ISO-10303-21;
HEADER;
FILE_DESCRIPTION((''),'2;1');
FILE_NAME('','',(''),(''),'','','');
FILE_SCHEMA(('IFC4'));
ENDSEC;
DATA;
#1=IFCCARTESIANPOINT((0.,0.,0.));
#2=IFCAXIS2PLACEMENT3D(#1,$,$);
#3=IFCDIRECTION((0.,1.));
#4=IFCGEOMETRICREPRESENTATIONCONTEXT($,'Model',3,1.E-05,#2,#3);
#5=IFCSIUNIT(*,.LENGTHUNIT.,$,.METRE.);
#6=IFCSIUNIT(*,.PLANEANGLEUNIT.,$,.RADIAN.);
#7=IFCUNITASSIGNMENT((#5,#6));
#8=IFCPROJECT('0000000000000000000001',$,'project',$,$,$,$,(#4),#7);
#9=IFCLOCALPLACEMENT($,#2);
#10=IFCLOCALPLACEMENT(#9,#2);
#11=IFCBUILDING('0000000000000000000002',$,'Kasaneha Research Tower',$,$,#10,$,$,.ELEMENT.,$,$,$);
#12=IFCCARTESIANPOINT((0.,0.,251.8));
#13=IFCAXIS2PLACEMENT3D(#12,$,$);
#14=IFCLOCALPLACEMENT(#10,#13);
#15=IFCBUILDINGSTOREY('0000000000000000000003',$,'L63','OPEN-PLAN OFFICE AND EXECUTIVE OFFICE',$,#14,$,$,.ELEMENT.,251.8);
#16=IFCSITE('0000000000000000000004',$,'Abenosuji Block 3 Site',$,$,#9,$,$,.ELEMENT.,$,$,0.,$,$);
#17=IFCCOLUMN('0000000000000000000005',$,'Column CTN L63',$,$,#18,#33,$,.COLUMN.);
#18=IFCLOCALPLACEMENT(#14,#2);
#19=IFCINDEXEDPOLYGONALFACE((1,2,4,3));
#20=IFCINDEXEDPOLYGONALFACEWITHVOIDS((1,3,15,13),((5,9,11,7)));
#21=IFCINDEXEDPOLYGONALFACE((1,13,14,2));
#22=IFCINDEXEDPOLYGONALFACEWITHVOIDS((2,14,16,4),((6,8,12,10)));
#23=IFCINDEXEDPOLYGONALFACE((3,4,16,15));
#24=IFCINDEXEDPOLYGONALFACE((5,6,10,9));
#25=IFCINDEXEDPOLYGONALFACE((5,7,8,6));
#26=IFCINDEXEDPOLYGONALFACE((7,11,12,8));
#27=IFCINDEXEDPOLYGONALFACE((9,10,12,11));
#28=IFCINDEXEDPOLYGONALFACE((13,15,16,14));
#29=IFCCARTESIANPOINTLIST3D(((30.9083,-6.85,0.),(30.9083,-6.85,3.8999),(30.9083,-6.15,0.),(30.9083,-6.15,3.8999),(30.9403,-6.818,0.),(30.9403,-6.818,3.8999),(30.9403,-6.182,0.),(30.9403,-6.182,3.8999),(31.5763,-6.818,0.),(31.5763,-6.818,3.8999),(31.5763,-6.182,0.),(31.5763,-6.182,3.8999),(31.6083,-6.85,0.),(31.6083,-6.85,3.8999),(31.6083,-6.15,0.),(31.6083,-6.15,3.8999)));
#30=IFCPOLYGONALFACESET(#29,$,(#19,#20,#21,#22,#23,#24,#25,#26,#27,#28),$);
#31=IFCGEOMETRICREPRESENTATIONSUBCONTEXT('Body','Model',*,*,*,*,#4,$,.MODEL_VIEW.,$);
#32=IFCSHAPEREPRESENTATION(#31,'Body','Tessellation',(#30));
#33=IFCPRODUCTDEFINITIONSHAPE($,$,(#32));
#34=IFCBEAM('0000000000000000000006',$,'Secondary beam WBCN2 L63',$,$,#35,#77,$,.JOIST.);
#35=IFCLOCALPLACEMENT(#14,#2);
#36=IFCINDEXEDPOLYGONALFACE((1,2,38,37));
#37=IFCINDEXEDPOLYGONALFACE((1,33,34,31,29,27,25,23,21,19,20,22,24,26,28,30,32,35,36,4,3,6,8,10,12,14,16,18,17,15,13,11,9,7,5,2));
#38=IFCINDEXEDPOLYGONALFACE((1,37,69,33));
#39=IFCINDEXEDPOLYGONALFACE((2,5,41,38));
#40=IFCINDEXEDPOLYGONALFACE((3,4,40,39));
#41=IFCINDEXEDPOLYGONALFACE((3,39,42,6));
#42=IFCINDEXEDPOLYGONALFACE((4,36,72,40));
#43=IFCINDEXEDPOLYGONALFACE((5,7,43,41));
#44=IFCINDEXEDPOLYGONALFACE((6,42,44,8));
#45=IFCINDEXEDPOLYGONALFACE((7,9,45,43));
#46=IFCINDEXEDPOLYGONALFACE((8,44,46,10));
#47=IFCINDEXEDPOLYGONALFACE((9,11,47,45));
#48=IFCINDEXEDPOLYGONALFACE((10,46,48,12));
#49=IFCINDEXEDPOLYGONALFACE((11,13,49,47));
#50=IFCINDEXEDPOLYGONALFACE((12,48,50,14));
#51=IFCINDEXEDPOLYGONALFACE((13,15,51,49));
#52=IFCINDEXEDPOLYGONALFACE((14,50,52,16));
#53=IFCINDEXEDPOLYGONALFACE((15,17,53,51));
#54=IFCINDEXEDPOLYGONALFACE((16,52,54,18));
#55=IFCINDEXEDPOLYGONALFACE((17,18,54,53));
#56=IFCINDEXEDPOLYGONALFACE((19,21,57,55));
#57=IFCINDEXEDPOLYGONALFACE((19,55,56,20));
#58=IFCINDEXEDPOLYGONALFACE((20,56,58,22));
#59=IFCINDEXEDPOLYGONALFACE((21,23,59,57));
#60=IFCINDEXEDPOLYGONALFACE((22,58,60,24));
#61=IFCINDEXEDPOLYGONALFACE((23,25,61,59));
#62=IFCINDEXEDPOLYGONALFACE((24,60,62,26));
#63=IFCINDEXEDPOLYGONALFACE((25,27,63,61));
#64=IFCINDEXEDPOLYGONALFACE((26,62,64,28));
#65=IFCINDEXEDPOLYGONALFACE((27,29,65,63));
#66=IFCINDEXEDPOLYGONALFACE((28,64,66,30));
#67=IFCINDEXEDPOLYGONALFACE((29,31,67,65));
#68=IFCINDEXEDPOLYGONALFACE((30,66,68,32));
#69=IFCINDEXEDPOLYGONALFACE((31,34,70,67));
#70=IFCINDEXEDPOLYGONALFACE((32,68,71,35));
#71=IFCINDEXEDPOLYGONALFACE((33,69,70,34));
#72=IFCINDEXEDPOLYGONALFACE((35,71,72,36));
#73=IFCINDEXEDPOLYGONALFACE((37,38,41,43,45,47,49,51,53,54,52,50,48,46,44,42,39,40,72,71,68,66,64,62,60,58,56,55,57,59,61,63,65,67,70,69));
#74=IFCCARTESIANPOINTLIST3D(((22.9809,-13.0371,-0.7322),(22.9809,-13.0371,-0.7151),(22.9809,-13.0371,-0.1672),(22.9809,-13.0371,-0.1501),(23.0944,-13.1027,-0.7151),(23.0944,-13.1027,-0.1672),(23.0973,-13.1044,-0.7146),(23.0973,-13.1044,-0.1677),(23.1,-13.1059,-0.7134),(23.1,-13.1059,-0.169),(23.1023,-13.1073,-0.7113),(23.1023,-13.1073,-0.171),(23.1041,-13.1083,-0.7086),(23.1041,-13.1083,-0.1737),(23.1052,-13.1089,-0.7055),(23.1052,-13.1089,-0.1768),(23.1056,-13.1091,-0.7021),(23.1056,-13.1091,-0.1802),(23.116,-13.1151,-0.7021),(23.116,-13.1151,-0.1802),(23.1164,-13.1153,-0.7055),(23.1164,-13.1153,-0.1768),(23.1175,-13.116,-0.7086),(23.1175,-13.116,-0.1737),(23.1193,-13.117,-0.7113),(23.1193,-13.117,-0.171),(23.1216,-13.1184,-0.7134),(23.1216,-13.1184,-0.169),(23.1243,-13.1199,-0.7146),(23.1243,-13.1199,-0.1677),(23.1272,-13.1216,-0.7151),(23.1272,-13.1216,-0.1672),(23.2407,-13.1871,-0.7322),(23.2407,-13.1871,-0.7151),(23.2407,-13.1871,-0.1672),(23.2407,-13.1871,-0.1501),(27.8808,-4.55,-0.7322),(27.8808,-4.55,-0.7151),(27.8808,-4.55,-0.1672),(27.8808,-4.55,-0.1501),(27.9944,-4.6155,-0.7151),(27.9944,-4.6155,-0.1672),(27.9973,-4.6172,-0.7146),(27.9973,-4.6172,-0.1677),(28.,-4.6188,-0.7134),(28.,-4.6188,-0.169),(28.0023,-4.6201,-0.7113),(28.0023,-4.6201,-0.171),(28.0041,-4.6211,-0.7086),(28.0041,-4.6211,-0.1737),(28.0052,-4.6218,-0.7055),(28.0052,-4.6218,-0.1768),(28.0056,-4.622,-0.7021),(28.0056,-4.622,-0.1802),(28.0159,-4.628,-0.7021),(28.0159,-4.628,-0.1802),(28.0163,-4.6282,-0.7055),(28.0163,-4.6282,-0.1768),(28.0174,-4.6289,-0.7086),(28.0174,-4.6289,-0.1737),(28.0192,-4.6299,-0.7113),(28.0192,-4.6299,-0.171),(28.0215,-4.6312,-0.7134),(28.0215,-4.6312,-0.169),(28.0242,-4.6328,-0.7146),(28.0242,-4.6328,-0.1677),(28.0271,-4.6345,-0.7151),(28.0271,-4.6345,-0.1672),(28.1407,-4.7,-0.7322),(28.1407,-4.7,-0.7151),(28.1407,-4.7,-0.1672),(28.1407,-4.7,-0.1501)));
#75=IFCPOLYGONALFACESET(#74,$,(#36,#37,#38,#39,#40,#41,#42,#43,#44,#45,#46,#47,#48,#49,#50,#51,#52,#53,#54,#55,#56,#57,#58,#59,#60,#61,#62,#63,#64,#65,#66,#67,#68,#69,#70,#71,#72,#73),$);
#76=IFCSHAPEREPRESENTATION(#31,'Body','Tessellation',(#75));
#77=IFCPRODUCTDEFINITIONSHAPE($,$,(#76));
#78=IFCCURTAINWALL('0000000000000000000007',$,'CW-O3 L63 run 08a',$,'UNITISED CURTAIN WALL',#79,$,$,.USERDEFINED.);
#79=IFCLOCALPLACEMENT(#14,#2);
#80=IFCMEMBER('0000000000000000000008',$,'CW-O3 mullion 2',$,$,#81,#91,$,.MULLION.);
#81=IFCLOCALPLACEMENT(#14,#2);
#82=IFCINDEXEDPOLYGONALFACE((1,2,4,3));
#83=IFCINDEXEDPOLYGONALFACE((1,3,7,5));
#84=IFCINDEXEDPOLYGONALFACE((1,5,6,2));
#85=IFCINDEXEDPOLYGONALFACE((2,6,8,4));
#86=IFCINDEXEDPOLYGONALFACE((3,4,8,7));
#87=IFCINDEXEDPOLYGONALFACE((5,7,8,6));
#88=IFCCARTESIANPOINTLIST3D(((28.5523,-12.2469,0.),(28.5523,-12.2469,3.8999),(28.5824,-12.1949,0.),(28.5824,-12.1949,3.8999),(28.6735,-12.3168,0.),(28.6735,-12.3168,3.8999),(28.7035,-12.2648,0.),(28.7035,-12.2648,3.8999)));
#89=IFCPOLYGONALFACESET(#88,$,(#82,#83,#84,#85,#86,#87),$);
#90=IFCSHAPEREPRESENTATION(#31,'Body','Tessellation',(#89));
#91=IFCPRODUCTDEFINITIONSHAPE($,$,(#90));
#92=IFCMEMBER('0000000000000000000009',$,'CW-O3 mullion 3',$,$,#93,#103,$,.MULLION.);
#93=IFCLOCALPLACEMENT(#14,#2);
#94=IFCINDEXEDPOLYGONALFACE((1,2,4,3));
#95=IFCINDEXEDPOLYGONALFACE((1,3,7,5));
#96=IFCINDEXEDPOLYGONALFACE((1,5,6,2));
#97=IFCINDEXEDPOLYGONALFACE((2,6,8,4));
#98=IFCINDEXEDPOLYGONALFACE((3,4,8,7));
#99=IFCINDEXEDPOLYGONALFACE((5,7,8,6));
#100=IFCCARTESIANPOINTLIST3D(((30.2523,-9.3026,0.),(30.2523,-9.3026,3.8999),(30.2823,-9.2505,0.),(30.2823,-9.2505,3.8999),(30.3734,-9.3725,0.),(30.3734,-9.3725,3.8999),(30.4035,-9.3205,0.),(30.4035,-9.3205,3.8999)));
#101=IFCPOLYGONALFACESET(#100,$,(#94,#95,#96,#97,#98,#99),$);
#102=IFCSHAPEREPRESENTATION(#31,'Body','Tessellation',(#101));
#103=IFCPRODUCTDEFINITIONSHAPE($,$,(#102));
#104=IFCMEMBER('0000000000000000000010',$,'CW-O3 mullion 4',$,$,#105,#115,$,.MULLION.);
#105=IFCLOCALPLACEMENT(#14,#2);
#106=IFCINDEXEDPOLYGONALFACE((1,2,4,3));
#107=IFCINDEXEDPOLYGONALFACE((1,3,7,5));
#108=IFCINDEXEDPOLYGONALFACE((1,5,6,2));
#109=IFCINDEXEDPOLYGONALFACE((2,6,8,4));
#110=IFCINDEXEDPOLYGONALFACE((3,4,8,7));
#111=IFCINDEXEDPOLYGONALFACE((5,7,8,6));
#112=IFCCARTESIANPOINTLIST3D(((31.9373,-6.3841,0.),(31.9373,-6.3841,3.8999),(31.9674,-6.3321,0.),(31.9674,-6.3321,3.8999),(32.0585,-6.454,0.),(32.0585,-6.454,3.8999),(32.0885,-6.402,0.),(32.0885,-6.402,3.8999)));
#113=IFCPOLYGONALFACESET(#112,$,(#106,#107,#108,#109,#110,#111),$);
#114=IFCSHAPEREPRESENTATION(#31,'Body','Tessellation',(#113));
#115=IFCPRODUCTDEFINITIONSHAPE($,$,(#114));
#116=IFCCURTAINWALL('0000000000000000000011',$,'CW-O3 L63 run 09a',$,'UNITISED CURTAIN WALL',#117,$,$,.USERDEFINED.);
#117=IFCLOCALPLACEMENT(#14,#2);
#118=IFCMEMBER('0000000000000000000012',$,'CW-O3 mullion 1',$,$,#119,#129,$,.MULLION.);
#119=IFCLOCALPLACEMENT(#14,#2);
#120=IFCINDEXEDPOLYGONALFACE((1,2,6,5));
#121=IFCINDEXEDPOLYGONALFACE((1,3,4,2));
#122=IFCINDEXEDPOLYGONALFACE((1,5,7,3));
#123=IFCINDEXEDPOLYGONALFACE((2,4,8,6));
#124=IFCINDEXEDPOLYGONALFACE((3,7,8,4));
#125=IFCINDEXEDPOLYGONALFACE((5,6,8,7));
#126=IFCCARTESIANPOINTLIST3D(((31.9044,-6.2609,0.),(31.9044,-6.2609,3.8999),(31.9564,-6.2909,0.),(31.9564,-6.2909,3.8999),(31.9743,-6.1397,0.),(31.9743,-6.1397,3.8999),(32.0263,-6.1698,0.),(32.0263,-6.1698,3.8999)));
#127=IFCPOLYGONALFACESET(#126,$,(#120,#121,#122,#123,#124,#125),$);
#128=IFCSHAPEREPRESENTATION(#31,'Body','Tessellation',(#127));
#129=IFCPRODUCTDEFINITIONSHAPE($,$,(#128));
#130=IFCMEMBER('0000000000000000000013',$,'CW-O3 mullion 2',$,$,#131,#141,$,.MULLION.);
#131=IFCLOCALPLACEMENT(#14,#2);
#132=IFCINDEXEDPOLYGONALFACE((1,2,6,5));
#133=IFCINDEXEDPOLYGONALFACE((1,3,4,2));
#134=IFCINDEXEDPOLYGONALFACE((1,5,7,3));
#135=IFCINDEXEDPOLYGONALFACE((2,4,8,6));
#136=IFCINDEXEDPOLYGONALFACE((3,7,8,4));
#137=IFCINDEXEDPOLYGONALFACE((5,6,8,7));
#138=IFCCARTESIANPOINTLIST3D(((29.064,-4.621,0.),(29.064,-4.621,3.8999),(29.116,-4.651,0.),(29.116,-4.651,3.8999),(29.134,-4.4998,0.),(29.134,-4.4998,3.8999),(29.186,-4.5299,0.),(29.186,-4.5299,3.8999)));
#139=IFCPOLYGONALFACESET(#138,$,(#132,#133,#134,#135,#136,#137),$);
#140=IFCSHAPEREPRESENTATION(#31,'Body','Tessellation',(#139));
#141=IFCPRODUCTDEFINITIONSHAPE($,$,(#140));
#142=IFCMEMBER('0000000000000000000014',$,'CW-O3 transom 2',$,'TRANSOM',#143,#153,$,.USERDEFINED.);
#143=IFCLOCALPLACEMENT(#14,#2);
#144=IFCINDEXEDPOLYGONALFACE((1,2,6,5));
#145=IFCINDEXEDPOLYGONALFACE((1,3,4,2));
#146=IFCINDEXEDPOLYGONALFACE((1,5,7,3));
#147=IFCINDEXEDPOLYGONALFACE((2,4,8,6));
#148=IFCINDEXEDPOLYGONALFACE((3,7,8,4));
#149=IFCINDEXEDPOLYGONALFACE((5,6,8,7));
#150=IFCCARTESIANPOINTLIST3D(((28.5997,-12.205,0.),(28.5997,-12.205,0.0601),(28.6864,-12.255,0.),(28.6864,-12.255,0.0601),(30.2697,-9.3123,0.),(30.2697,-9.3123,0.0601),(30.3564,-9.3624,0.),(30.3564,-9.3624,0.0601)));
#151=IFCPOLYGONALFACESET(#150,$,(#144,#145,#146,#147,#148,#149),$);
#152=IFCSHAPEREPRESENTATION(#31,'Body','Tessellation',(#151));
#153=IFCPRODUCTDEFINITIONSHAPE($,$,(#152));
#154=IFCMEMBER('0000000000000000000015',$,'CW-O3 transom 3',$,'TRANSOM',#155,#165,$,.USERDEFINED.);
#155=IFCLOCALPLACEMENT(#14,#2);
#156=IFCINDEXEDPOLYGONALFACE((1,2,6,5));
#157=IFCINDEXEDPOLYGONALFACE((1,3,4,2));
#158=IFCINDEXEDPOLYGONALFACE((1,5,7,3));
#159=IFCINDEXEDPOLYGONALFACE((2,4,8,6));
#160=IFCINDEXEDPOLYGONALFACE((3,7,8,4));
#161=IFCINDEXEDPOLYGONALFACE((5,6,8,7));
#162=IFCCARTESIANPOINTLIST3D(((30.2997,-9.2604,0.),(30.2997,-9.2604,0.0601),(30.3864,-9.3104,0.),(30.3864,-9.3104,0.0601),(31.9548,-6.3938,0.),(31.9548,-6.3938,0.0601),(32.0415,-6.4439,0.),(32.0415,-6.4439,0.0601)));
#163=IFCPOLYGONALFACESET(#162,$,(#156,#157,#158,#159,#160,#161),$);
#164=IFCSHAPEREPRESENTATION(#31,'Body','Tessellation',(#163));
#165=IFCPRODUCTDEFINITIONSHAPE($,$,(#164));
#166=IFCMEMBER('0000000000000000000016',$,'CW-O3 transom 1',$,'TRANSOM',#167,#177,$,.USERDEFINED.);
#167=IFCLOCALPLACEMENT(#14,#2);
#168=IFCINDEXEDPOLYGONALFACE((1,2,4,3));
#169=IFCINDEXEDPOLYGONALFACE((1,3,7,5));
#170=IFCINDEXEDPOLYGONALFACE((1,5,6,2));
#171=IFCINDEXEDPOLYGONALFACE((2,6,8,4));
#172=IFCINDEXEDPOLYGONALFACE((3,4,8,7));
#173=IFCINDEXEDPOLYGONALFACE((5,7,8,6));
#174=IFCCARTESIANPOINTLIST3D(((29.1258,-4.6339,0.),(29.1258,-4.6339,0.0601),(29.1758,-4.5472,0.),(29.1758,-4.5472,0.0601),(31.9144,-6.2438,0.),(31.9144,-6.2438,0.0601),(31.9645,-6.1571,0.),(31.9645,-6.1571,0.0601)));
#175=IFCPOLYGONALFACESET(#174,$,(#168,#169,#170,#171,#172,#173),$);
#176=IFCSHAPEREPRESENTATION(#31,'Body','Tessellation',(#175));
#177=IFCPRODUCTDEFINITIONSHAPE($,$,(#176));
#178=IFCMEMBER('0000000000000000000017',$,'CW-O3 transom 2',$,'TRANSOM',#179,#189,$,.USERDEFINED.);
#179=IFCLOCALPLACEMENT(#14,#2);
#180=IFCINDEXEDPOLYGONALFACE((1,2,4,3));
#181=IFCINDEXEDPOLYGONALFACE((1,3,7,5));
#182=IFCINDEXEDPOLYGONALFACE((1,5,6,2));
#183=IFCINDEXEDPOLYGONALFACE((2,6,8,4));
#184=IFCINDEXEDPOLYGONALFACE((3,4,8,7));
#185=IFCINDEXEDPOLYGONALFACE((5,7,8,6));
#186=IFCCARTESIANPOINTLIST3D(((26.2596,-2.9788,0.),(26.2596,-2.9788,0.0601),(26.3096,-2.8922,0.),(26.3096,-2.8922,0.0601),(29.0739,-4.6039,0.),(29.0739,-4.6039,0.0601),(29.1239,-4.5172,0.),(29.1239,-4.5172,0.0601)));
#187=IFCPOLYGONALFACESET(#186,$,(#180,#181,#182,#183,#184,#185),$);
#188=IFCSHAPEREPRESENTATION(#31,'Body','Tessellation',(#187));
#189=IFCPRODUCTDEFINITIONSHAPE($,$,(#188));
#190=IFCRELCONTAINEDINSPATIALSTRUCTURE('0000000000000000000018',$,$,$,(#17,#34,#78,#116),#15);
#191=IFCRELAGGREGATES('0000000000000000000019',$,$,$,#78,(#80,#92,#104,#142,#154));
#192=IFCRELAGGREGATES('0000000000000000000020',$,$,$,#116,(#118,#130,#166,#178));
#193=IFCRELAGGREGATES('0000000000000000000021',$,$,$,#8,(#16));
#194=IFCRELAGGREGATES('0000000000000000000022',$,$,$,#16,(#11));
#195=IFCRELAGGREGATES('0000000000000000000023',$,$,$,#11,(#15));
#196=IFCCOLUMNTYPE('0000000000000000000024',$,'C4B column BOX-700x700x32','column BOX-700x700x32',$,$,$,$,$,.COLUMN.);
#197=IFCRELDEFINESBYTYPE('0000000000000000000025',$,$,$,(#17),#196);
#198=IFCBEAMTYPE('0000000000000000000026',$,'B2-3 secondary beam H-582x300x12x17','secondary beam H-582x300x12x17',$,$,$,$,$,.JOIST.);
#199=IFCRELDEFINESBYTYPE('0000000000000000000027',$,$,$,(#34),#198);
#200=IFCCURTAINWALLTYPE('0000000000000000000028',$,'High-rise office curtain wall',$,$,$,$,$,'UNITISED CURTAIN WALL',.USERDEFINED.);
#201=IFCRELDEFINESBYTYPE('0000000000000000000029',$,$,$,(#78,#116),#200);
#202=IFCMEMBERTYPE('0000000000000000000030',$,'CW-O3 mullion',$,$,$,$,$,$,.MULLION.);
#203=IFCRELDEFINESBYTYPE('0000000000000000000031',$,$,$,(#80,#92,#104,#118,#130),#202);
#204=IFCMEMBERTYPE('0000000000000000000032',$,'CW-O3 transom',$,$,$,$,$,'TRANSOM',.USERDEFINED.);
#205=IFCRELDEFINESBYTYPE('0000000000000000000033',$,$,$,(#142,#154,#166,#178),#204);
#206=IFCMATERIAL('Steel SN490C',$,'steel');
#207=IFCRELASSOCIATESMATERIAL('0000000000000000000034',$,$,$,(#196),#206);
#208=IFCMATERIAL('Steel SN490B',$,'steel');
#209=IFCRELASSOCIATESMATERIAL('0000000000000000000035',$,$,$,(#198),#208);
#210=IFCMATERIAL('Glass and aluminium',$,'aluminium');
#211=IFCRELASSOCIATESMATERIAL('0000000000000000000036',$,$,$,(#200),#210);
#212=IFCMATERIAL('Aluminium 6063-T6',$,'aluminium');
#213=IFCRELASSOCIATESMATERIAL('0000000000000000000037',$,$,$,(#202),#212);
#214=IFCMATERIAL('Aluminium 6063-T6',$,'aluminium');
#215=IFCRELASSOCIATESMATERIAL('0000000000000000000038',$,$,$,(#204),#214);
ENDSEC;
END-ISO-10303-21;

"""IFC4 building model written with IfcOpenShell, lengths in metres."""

from ifc_helpers import new_model, si_unit, direction, frame, origin, origin_2d, place, context, subcontext, project, spatial, rectangle, hollow_rectangle, i_section, extrude, material, material_profile, profile_set, type_object, element, aggregate, save


model = new_model("IFC4")

# Units and contexts
model_context = context("Model", 3, precision=1e-05, world=origin(), true_north=direction((0.0, 1.0)))
body_context = subcontext(model_context, "Body", "Model", "MODEL_VIEW")
ifc_project = project(units=[si_unit("LENGTHUNIT", "METRE"), si_unit("PLANEANGLEUNIT", "RADIAN")], contexts=[model_context])

# Site, building, storey
site_placement = place(None, origin())
site = spatial("IfcSite", under=ifc_project, at=site_placement, Name="Abenosuji Block 3 Site", CompositionType="ELEMENT", RefElevation=0.0)
building_placement = place(site_placement, origin())
building = spatial("IfcBuilding", under=site, at=building_placement, Name="Kasaneha Research Tower", CompositionType="ELEMENT")
storey_placement = place(building_placement, frame((0.0, 0.0, 251.8)))
storey = spatial("IfcBuildingStorey", under=building, at=storey_placement, Name="L63", Description="OPEN-PLAN OFFICE AND EXECUTIVE OFFICE", CompositionType="ELEMENT", Elevation=251.8)

# Column
ifc_material_1 = material(Name="Steel SN490C", Category="steel")
ifc_material_profile_1 = material_profile(ifc_material_1, hollow_rectangle(XDim=0.7, YDim=0.7, WallThickness=0.032, at=origin_2d()), Name="BOX-700x700x32")
ifc_profile_set_1 = profile_set([ifc_material_profile_1], Name="Steel SN490C")
column_type = type_object("IfcColumnType", Name="C4B column BOX-700x700x32", Description="column BOX-700x700x32", PredefinedType="COLUMN", material=ifc_profile_set_1)
column_placement = place(storey_placement, frame((31.2583, -6.5, 0.0), z_axis=(0.0, 0.0, 1.0), x_axis=(1.0, 0.0, 0.0)))
element("IfcColumn", 1, at=column_placement, inside=storey, type_object=column_type, Name="Column CTN L63", PredefinedType="COLUMN", context=body_context, shape_type="SweptSolid", body=[
    extrude(hollow_rectangle(XDim=0.7, YDim=0.7, WallThickness=0.032, at=origin_2d()), origin(), (0.0, 0.0, 1.0), 3.8999),
])

# Beam
ifc_material_2 = material(Name="Steel SN490B", Category="steel")
ifc_material_profile_2 = material_profile(ifc_material_2, i_section(OverallWidth=0.3, OverallDepth=0.582, WebThickness=0.012, FlangeThickness=0.0171, FilletRadius=0.0129, at=origin_2d()), Name="H-582x300x12x17")
ifc_profile_set_2 = profile_set([ifc_material_profile_2], Name="Steel SN490B")
beam_type_1 = type_object("IfcBeamType", Name="B2-3 secondary beam H-582x300x12x17", Description="secondary beam H-582x300x12x17", PredefinedType="JOIST", material=ifc_profile_set_2)
beam_1_placement = place(storey_placement, frame((28.0107, -4.625, -0.4412), z_axis=(-0.499992, -0.86603, 0.0), x_axis=(0.86603, -0.499992, 0.0)))
element("IfcBeam", 2, at=beam_1_placement, inside=storey, type_object=beam_type_1, Name="Secondary beam WBCN2 L63", PredefinedType="JOIST", context=body_context, shape_type="SweptSolid", body=[
    extrude(i_section(OverallWidth=0.3, OverallDepth=0.582, WebThickness=0.012, FlangeThickness=0.0171, FilletRadius=0.0129, at=origin_2d()), origin(), (0.0, 0.0, 1.0), 9.8),
])

# Curtain walls, members
ifc_material_3 = material(Name="Glass and aluminium", Category="aluminium")
curtain_wall_type = type_object("IfcCurtainWallType", Name="High-rise office curtain wall", ElementType="UNITISED CURTAIN WALL", PredefinedType="USERDEFINED", material=ifc_material_3)
curtain_wall_1_placement = place(storey_placement, origin())
curtain_wall_1 = element("IfcCurtainWall", 3, at=curtain_wall_1_placement, inside=storey, type_object=curtain_wall_type, Name="CW-O3 L63 run 08a", ObjectType="UNITISED CURTAIN WALL", PredefinedType="USERDEFINED")
ifc_material_4 = material(Name="Aluminium 6063-T6", Category="aluminium")
ifc_material_profile_3 = material_profile(ifc_material_4, rectangle(XDim=0.0601, YDim=0.1399, at=origin_2d()), Name="CW-O3 mullion 60x140")
ifc_profile_set_3 = profile_set([ifc_material_profile_3], Name="Aluminium 6063-T6")
member_type_1 = type_object("IfcMemberType", Name="CW-O3 mullion", PredefinedType="MULLION", material=ifc_profile_set_3)
member_1_placement = place(storey_placement, frame((28.6279, -12.2559, 0.0), z_axis=(0.0, 0.0, 1.0), x_axis=(0.5, 0.866025, 0.0)))
member_1 = element("IfcMember", 4, at=member_1_placement, type_object=member_type_1, Name="CW-O3 mullion 2", PredefinedType="MULLION", context=body_context, shape_type="SweptSolid", body=[
    extrude(rectangle(XDim=0.0601, YDim=0.1399, at=origin_2d()), origin(), (0.0, 0.0, 1.0), 3.8999),
])
member_2_placement = place(storey_placement, frame((30.3279, -9.3115, 0.0), z_axis=(0.0, 0.0, 1.0), x_axis=(0.5, 0.866025, 0.0)))
member_2 = element("IfcMember", 5, at=member_2_placement, type_object=member_type_1, Name="CW-O3 mullion 3", PredefinedType="MULLION", context=body_context, shape_type="SweptSolid", body=[
    extrude(rectangle(XDim=0.0601, YDim=0.1399, at=origin_2d()), origin(), (0.0, 0.0, 1.0), 3.8999),
])
member_3_placement = place(storey_placement, frame((32.0129, -6.3931, 0.0), z_axis=(0.0, 0.0, 1.0), x_axis=(0.5, 0.866025, 0.0)))
member_3 = element("IfcMember", 6, at=member_3_placement, type_object=member_type_1, Name="CW-O3 mullion 4", PredefinedType="MULLION", context=body_context, shape_type="SweptSolid", body=[
    extrude(rectangle(XDim=0.0601, YDim=0.1399, at=origin_2d()), origin(), (0.0, 0.0, 1.0), 3.8999),
])
curtain_wall_2_placement = place(storey_placement, origin())
curtain_wall_2 = element("IfcCurtainWall", 7, at=curtain_wall_2_placement, inside=storey, type_object=curtain_wall_type, Name="CW-O3 L63 run 09a", ObjectType="UNITISED CURTAIN WALL", PredefinedType="USERDEFINED")
member_4_placement = place(storey_placement, frame((31.9653, -6.2153, 0.0), z_axis=(0.0, 0.0, 1.0), x_axis=(-0.866025, 0.5, 0.0)))
member_4 = element("IfcMember", 8, at=member_4_placement, type_object=member_type_1, Name="CW-O3 mullion 1", PredefinedType="MULLION", context=body_context, shape_type="SweptSolid", body=[
    extrude(rectangle(XDim=0.0601, YDim=0.1399, at=origin_2d()), origin(), (0.0, 0.0, 1.0), 3.8999),
])
member_5_placement = place(storey_placement, frame((29.125, -4.5754, 0.0), z_axis=(0.0, 0.0, 1.0), x_axis=(-0.866025, 0.5, 0.0)))
member_5 = element("IfcMember", 9, at=member_5_placement, type_object=member_type_1, Name="CW-O3 mullion 2", PredefinedType="MULLION", context=body_context, shape_type="SweptSolid", body=[
    extrude(rectangle(XDim=0.0601, YDim=0.1399, at=origin_2d()), origin(), (0.0, 0.0, 1.0), 3.8999),
])

# Members
ifc_material_5 = material(Name="Aluminium 6063-T6", Category="aluminium")
ifc_material_profile_4 = material_profile(ifc_material_5, rectangle(XDim=0.1001, YDim=0.0601, at=origin_2d()), Name="CW-O3 transom 100x60")
ifc_profile_set_4 = profile_set([ifc_material_profile_4], Name="Aluminium 6063-T6")
member_type_2 = type_object("IfcMemberType", Name="CW-O3 transom", ElementType="TRANSOM", PredefinedType="USERDEFINED", material=ifc_profile_set_4)
member_6_placement = place(storey_placement, frame((28.6431, -12.23, 0.03), z_axis=(0.499976, 0.86604, 0.0), x_axis=(-0.86604, 0.499976, 0.0)))
member_6 = element("IfcMember", 10, at=member_6_placement, type_object=member_type_2, Name="CW-O3 transom 2", ObjectType="TRANSOM", PredefinedType="USERDEFINED", context=body_context, shape_type="SweptSolid", body=[
    extrude(rectangle(XDim=0.1001, YDim=0.0601, at=origin_2d()), origin(), (0.0, 0.0, 1.0), 3.3401),
])
member_7_placement = place(storey_placement, frame((30.343, -9.2854, 0.03), z_axis=(0.500018, 0.866015, 0.0), x_axis=(-0.866015, 0.500018, 0.0)))
member_7 = element("IfcMember", 11, at=member_7_placement, type_object=member_type_2, Name="CW-O3 transom 3", ObjectType="TRANSOM", PredefinedType="USERDEFINED", context=body_context, shape_type="SweptSolid", body=[
    extrude(rectangle(XDim=0.1001, YDim=0.0601, at=origin_2d()), origin(), (0.0, 0.0, 1.0), 3.3101),
])
member_8_placement = place(storey_placement, frame((31.9395, -6.2004, 0.03), z_axis=(-0.866042, 0.499972, 0.0), x_axis=(-0.499972, -0.866042, 0.0)))
member_8 = element("IfcMember", 12, at=member_8_placement, type_object=member_type_2, Name="CW-O3 transom 1", ObjectType="TRANSOM", PredefinedType="USERDEFINED", context=body_context, shape_type="SweptSolid", body=[
    extrude(rectangle(XDim=0.1001, YDim=0.0601, at=origin_2d()), origin(), (0.0, 0.0, 1.0), 3.22),
])
member_9_placement = place(storey_placement, frame((29.0989, -4.5605, 0.03), z_axis=(-0.865997, 0.50005, 0.0), x_axis=(-0.50005, -0.865997, 0.0)))
member_9 = element("IfcMember", 13, at=member_9_placement, type_object=member_type_2, Name="CW-O3 transom 2", ObjectType="TRANSOM", PredefinedType="USERDEFINED", context=body_context, shape_type="SweptSolid", body=[
    extrude(rectangle(XDim=0.1001, YDim=0.0601, at=origin_2d()), origin(), (0.0, 0.0, 1.0), 3.2498),
])

aggregate(curtain_wall_1, [member_1, member_2, member_3, member_6, member_7])
aggregate(curtain_wall_2, [member_4, member_5, member_8, member_9])

save(model, "model.ifc")
